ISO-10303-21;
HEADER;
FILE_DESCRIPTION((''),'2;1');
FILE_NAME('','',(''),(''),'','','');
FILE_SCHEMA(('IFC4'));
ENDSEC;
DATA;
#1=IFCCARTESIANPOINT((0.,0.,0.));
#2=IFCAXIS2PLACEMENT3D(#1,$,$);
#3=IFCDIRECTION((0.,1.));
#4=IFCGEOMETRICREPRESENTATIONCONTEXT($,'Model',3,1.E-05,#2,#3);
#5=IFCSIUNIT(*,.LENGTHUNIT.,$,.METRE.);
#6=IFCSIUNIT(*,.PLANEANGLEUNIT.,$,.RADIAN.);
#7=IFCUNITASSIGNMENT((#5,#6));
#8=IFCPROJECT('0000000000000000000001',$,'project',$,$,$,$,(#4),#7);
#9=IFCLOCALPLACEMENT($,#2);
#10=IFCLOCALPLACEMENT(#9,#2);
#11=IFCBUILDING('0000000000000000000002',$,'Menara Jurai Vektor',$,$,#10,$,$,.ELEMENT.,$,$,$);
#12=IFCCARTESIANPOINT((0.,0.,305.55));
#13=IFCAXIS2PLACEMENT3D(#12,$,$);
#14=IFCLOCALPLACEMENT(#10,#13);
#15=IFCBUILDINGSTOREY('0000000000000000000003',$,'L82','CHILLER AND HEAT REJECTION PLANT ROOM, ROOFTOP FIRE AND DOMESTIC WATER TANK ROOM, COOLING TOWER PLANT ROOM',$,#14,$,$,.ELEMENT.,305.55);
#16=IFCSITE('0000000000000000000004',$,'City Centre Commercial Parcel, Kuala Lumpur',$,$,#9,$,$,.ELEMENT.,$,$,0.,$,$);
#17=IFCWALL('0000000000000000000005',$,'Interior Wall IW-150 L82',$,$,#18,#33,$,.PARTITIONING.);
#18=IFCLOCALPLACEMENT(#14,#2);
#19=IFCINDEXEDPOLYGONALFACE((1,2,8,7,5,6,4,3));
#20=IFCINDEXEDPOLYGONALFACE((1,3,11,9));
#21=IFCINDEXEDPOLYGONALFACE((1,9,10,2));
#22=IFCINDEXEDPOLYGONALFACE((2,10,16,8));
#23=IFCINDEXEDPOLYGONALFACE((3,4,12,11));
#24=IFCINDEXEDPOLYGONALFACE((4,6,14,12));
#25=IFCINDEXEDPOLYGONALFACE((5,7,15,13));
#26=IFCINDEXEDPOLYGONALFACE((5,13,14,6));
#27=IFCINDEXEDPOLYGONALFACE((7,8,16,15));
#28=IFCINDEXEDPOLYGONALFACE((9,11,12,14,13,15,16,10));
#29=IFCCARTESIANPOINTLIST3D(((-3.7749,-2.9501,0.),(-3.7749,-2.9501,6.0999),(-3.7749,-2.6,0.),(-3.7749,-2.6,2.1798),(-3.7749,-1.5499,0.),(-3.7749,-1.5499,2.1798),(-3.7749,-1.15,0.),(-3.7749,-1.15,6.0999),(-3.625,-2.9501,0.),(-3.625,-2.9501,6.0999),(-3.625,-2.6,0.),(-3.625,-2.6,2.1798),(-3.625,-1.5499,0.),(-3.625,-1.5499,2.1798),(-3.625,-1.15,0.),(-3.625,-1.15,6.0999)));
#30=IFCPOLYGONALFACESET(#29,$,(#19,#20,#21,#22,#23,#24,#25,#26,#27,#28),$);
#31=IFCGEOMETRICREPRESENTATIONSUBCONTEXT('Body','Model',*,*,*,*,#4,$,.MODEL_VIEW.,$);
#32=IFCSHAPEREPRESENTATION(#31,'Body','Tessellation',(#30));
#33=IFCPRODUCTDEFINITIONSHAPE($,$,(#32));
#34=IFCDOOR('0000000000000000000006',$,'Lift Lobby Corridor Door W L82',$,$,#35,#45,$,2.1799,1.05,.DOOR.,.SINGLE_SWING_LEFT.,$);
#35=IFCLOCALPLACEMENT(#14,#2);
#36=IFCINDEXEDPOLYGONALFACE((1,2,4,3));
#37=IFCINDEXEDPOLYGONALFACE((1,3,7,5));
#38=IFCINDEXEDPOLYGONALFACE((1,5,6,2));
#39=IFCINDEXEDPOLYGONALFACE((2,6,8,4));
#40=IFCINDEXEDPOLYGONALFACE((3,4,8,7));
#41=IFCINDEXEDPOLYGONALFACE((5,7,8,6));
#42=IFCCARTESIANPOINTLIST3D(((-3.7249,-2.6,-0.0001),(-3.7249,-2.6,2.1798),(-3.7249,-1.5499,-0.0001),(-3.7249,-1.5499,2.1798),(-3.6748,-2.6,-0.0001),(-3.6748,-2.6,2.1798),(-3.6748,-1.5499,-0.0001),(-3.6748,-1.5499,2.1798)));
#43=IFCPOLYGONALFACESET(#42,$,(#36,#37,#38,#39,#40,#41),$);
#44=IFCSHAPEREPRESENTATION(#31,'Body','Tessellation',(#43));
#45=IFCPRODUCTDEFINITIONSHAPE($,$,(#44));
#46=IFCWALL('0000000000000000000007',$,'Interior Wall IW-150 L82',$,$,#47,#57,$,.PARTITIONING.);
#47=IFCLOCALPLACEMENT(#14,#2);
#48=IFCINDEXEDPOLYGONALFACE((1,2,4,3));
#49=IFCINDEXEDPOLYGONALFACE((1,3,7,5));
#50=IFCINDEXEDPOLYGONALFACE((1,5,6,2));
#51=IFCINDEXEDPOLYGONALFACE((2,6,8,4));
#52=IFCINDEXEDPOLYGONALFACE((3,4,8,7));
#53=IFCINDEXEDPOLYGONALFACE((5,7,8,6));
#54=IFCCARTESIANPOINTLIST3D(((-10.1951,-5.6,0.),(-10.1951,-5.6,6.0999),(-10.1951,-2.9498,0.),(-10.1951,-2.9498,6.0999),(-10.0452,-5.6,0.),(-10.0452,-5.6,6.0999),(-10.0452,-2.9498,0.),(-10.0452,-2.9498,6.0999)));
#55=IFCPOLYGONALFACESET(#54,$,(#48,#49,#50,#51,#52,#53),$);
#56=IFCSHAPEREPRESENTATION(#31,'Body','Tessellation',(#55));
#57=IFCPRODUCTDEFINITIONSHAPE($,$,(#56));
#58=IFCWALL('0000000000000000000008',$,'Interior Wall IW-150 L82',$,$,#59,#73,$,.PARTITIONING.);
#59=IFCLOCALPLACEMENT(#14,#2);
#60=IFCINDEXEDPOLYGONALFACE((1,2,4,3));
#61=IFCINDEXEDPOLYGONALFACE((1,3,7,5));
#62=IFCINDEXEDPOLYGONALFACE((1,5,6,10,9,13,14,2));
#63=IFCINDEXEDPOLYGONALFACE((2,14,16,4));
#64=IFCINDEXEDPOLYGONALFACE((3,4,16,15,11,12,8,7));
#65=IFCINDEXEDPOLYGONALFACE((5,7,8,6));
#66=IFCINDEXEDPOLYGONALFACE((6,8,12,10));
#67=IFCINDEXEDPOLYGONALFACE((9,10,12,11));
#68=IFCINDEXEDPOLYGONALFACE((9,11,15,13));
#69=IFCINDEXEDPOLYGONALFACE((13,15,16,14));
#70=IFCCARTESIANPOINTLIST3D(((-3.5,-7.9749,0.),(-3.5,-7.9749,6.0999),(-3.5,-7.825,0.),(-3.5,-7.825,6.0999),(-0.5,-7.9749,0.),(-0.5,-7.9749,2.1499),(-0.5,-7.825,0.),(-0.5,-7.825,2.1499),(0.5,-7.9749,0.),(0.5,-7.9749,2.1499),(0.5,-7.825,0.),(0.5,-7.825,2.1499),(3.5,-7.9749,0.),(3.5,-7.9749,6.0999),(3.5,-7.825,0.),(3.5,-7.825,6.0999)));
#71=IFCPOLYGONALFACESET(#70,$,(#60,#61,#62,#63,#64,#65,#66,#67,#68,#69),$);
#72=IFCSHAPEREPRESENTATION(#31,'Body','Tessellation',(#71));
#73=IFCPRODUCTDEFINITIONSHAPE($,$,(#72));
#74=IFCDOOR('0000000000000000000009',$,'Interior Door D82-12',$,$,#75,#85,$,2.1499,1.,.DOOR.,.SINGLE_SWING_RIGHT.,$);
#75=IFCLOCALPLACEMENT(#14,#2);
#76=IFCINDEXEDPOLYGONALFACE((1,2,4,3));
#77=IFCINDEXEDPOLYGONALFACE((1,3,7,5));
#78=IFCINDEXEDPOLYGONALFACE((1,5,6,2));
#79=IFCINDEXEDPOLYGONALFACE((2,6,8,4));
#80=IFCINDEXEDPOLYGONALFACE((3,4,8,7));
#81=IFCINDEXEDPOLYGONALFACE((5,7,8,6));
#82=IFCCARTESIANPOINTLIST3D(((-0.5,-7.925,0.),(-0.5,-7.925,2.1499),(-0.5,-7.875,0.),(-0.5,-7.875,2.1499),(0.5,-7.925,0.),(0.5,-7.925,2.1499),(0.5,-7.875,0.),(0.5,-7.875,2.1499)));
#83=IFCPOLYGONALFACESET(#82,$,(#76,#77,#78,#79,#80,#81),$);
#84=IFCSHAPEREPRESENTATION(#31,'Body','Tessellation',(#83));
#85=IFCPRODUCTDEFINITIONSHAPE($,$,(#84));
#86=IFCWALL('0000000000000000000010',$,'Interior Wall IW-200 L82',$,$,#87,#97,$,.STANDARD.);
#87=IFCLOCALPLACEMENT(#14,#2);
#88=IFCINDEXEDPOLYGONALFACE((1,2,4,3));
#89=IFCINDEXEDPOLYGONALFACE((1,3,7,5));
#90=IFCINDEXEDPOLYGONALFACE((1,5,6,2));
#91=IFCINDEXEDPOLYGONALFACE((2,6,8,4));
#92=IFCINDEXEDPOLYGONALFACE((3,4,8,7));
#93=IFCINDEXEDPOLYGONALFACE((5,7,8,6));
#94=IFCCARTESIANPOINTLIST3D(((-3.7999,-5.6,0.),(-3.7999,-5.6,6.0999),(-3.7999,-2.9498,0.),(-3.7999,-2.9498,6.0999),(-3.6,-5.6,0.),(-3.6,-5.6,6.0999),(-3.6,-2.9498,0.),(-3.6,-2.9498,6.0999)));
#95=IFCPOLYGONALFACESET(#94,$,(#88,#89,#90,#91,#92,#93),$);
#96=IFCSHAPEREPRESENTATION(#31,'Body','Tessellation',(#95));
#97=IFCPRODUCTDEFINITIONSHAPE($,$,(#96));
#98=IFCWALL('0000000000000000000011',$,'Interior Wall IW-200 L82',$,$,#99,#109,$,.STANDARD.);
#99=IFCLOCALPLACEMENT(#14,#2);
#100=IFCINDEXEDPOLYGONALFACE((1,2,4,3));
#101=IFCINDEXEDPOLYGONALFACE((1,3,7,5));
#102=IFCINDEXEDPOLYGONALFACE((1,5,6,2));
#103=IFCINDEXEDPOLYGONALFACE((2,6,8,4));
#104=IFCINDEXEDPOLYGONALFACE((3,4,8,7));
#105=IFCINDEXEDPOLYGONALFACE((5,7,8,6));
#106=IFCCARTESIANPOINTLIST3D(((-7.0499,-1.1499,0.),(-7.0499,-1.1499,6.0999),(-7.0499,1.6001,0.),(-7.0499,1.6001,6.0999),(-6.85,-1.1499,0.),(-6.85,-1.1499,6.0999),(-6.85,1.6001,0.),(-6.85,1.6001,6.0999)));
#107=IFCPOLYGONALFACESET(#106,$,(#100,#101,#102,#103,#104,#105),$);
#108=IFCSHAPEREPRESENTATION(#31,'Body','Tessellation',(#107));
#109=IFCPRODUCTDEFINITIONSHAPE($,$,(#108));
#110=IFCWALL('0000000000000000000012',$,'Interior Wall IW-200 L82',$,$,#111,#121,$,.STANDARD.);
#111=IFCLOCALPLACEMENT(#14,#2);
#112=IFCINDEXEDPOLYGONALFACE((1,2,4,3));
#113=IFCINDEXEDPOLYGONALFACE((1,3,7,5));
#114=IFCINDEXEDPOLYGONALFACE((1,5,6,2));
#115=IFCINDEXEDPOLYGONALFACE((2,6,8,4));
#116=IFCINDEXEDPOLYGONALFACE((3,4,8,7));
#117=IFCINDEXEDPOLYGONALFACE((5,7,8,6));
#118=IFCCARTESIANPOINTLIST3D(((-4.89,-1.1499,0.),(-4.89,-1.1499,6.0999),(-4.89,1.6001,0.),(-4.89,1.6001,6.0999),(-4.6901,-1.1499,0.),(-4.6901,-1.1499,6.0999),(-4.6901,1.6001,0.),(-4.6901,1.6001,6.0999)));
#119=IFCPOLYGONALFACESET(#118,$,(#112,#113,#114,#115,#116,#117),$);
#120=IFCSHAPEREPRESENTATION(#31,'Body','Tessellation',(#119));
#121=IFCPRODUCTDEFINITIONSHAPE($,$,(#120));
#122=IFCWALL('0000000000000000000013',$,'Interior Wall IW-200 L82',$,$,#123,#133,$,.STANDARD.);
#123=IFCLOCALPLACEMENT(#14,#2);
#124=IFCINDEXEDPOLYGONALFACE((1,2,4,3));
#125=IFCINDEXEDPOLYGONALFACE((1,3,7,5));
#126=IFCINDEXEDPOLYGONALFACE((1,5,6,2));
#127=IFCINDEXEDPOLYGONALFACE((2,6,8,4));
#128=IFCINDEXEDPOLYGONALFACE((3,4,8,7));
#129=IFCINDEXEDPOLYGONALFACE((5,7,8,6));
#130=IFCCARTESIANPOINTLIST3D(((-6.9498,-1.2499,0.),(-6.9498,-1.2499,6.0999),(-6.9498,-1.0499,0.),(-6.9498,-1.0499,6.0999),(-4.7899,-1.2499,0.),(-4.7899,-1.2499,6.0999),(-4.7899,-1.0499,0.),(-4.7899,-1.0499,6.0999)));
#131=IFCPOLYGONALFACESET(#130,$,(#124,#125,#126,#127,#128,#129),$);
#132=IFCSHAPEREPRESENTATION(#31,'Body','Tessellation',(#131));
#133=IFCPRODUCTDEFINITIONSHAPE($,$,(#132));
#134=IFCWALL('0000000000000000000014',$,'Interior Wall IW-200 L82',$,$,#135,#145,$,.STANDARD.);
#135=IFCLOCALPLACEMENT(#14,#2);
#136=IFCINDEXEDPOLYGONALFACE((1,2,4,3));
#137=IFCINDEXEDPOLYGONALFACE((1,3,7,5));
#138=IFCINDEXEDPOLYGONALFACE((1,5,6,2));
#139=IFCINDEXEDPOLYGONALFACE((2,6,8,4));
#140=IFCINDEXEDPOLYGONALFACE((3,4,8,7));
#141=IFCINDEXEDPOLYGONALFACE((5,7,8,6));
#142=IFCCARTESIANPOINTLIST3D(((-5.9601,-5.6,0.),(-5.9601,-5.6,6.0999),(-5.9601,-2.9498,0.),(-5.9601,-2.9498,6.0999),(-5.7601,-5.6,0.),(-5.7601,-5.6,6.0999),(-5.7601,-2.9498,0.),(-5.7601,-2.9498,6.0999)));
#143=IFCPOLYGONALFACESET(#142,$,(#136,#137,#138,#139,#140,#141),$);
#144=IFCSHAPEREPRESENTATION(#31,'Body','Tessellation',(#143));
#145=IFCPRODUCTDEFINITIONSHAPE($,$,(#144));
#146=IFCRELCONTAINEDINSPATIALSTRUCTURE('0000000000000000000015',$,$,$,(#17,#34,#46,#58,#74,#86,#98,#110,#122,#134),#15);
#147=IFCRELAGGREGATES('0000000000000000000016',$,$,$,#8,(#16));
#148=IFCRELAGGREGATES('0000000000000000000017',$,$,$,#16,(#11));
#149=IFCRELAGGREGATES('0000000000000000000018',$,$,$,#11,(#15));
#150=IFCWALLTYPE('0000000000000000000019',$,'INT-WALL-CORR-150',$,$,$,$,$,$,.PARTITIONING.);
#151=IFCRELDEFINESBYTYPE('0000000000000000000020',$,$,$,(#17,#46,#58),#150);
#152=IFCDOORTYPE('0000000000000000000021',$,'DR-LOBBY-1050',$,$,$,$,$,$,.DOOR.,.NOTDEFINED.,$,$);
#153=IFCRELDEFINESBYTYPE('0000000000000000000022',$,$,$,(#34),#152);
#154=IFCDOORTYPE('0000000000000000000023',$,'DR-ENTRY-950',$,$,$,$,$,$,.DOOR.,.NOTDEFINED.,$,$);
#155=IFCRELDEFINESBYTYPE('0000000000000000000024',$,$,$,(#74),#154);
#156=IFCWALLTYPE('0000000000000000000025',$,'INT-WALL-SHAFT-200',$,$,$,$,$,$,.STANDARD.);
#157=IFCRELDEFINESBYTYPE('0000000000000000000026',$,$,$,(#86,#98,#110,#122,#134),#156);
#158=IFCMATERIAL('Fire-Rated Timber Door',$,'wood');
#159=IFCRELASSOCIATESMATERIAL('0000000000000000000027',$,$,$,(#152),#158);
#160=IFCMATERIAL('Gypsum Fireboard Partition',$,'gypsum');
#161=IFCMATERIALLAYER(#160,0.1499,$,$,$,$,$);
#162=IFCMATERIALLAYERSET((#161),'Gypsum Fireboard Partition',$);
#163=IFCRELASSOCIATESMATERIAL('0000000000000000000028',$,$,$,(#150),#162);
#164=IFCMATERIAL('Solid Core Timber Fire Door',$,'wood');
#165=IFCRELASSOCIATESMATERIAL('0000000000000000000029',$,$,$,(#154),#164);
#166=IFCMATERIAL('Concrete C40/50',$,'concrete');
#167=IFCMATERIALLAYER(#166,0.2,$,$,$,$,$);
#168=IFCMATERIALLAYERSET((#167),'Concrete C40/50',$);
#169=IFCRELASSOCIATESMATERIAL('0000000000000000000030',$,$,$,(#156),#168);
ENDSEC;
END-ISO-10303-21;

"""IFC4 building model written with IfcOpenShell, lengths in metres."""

from ifc_helpers import new_model, si_unit, direction, frame, frame_2d, origin, place, context, subcontext, project, spatial, rectangle, extrude, material, layer, layer_set, type_object, element, fill, save


model = new_model("IFC4")

# Units and contexts
model_context = context("Model", 3, precision=1e-05, world=origin(), true_north=direction((0.0, 1.0)))
body_context = subcontext(model_context, "Body", "Model", "MODEL_VIEW")
ifc_project = project(units=[si_unit("LENGTHUNIT", "METRE"), si_unit("PLANEANGLEUNIT", "RADIAN")], contexts=[model_context])

# Site, building, storey
site_placement = place(None, origin())
site = spatial("IfcSite", under=ifc_project, at=site_placement, Name="City Centre Commercial Parcel, Kuala Lumpur", CompositionType="ELEMENT", RefElevation=0.0)
building_placement = place(site_placement, origin())
building = spatial("IfcBuilding", under=site, at=building_placement, Name="Menara Jurai Vektor", CompositionType="ELEMENT")
storey_placement = place(building_placement, frame((0.0, 0.0, 305.55)))
storey = spatial("IfcBuildingStorey", under=building, at=storey_placement, Name="L82", Description="CHILLER AND HEAT REJECTION PLANT ROOM, ROOFTOP FIRE AND DOMESTIC WATER TANK ROOM, COOLING TOWER PLANT ROOM", CompositionType="ELEMENT", Elevation=305.55)

# Shared definitions
ifc_material_1 = material(Name="Concrete C40/50", Category="concrete")

# Shared definitions
ifc_material_2 = material(Name="Fire-Rated Timber Door", Category="wood")
door_type_1 = type_object("IfcDoorType", Name="DR-LOBBY-1050", OperationType="NOTDEFINED", PredefinedType="DOOR", material=ifc_material_2)

# Wall, opening, door
ifc_material_3 = material(Name="Gypsum Fireboard Partition", Category="gypsum")
ifc_layer_1 = layer(ifc_material_3, 0.1499)
ifc_layer_set_1 = layer_set([ifc_layer_1], Name="Gypsum Fireboard Partition")
wall_type_1 = type_object("IfcWallType", Name="INT-WALL-CORR-150", PredefinedType="PARTITIONING", material=ifc_layer_set_1)
wall_1_placement = place(storey_placement, frame((-3.7, -2.95, 0.0), z_axis=(0.0, 0.0, 1.0), x_axis=(0.0, 1.0, 0.0)))
wall_1 = element("IfcWall", 1, at=wall_1_placement, inside=storey, type_object=wall_type_1, Name="Interior Wall IW-150 L82", PredefinedType="PARTITIONING", context=body_context, shape_type="SweptSolid", body=[
    extrude(rectangle(XDim=1.8, YDim=0.1499, at=frame_2d((0.8999, 0.0))), origin(), (0.0, 0.0, 1.0), 6.0999),
])
opening_1_placement = place(wall_1_placement, frame((0.3501, 0.0, 0.0)))
opening_1 = element("IfcOpeningElement", 2, at=opening_1_placement, cuts=wall_1, PredefinedType="OPENING", context=body_context, shape_type="SweptSolid", body=[
    extrude(rectangle(XDim=1.05, YDim=2.1799, at=frame_2d((0.5249, 1.0898))), frame((0.0, 0.085, 0.0), z_axis=(0.0, -1.0, 0.0), x_axis=(1.0, 0.0, 0.0)), (0.0, 0.0, 1.0), 0.1699),
])
door_1_placement = place(opening_1_placement, origin())
door_1 = element("IfcDoor", 3, at=door_1_placement, inside=storey, type_object=door_type_1, Name="Lift Lobby Corridor Door W L82", OperationType="SINGLE_SWING_LEFT", OverallHeight=2.1799, OverallWidth=1.05, PredefinedType="DOOR", context=body_context, shape_type="SweptSolid", body=[
    extrude(rectangle(XDim=1.05, YDim=2.1799, at=frame_2d((0.5249, 1.0898))), frame((0.0, 0.0249, 0.0), z_axis=(0.0, -1.0, 0.0), x_axis=(1.0, 0.0, 0.0)), (0.0, 0.0, 1.0), 0.05),
])
fill(opening_1, door_1)

# Wall
wall_2_placement = place(storey_placement, frame((-10.1201, -5.6001, 0.0), z_axis=(0.0, 0.0, 1.0), x_axis=(0.0, 1.0, 0.0)))
element("IfcWall", 4, at=wall_2_placement, inside=storey, type_object=wall_type_1, Name="Interior Wall IW-150 L82", PredefinedType="PARTITIONING", context=body_context, shape_type="SweptSolid", body=[
    extrude(rectangle(XDim=2.6501, YDim=0.1499, at=frame_2d((1.3252, 0.0))), origin(), (0.0, 0.0, 1.0), 6.0999),
])

# Wall, opening, door
wall_3_placement = place(storey_placement, frame((-3.5, -7.8999, 0.0), z_axis=(0.0, 0.0, 1.0), x_axis=(1.0, 0.0, 0.0)))
wall_3 = element("IfcWall", 5, at=wall_3_placement, inside=storey, type_object=wall_type_1, Name="Interior Wall IW-150 L82", PredefinedType="PARTITIONING", context=body_context, shape_type="SweptSolid", body=[
    extrude(rectangle(XDim=7.0, YDim=0.1499, at=frame_2d((3.5, 0.0))), origin(), (0.0, 0.0, 1.0), 6.0999),
])
opening_2_placement = place(wall_3_placement, frame((3.0, 0.0, 0.0)))
opening_2 = element("IfcOpeningElement", 6, at=opening_2_placement, cuts=wall_3, PredefinedType="OPENING", context=body_context, shape_type="SweptSolid", body=[
    extrude(rectangle(XDim=1.0, YDim=2.1499, at=frame_2d((0.5, 1.075))), frame((0.0, 0.085, 0.0), z_axis=(0.0, -1.0, 0.0), x_axis=(1.0, 0.0, 0.0)), (0.0, 0.0, 1.0), 0.1699),
])
ifc_material_4 = material(Name="Solid Core Timber Fire Door", Category="wood")
door_type_2 = type_object("IfcDoorType", Name="DR-ENTRY-950", OperationType="NOTDEFINED", PredefinedType="DOOR", material=ifc_material_4)
door_2_placement = place(opening_2_placement, origin())
door_2 = element("IfcDoor", 7, at=door_2_placement, inside=storey, type_object=door_type_2, Name="Interior Door D82-12", OperationType="SINGLE_SWING_RIGHT", OverallHeight=2.1499, OverallWidth=1.0, PredefinedType="DOOR", context=body_context, shape_type="SweptSolid", body=[
    extrude(rectangle(XDim=1.0, YDim=2.1499, at=frame_2d((0.5, 1.075))), frame((0.0, 0.0249, 0.0), z_axis=(0.0, -1.0, 0.0), x_axis=(1.0, 0.0, 0.0)), (0.0, 0.0, 1.0), 0.05),
])
fill(opening_2, door_2)

# Walls
ifc_layer_2 = layer(ifc_material_1, 0.2)
ifc_layer_set_2 = layer_set([ifc_layer_2], Name="Concrete C40/50")
wall_type_2 = type_object("IfcWallType", Name="INT-WALL-SHAFT-200", PredefinedType="STANDARD", material=ifc_layer_set_2)
wall_4_placement = place(storey_placement, frame((-3.7, -5.6001, 0.0), z_axis=(0.0, 0.0, 1.0), x_axis=(0.0, 1.0, 0.0)))
element("IfcWall", 8, at=wall_4_placement, inside=storey, type_object=wall_type_2, Name="Interior Wall IW-200 L82", PredefinedType="STANDARD", context=body_context, shape_type="SweptSolid", body=[
    extrude(rectangle(XDim=2.6501, YDim=0.2, at=frame_2d((1.3252, 0.0))), origin(), (0.0, 0.0, 1.0), 6.0999),
])
wall_5_placement = place(storey_placement, frame((-6.95, -1.1499, 0.0), z_axis=(0.0, 0.0, 1.0), x_axis=(0.0, 1.0, 0.0)))
element("IfcWall", 9, at=wall_5_placement, inside=storey, type_object=wall_type_2, Name="Interior Wall IW-200 L82", PredefinedType="STANDARD", context=body_context, shape_type="SweptSolid", body=[
    extrude(rectangle(XDim=2.75, YDim=0.2, at=frame_2d((1.375, 0.0))), origin(), (0.0, 0.0, 1.0), 6.0999),
])

# Walls
wall_6_placement = place(storey_placement, frame((-4.79, -1.1499, 0.0), z_axis=(0.0, 0.0, 1.0), x_axis=(0.0, 1.0, 0.0)))
element("IfcWall", 10, at=wall_6_placement, inside=storey, type_object=wall_type_2, Name="Interior Wall IW-200 L82", PredefinedType="STANDARD", context=body_context, shape_type="SweptSolid", body=[
    extrude(rectangle(XDim=2.75, YDim=0.2, at=frame_2d((1.375, 0.0))), origin(), (0.0, 0.0, 1.0), 6.0999),
])
wall_7_placement = place(storey_placement, frame((-6.95, -1.1499, 0.0), z_axis=(0.0, 0.0, 1.0), x_axis=(1.0, 0.0, 0.0)))
element("IfcWall", 11, at=wall_7_placement, inside=storey, type_object=wall_type_2, Name="Interior Wall IW-200 L82", PredefinedType="STANDARD", context=body_context, shape_type="SweptSolid", body=[
    extrude(rectangle(XDim=2.1599, YDim=0.2, at=frame_2d((1.0801, 0.0))), origin(), (0.0, 0.0, 1.0), 6.0999),
])
wall_8_placement = place(storey_placement, frame((-5.8601, -5.6001, 0.0), z_axis=(0.0, 0.0, 1.0), x_axis=(0.0, 1.0, 0.0)))
element("IfcWall", 12, at=wall_8_placement, inside=storey, type_object=wall_type_2, Name="Interior Wall IW-200 L82", PredefinedType="STANDARD", context=body_context, shape_type="SweptSolid", body=[
    extrude(rectangle(XDim=2.6501, YDim=0.2, at=frame_2d((1.3252, 0.0))), origin(), (0.0, 0.0, 1.0), 6.0999),
])

save(model, "model.ifc")
